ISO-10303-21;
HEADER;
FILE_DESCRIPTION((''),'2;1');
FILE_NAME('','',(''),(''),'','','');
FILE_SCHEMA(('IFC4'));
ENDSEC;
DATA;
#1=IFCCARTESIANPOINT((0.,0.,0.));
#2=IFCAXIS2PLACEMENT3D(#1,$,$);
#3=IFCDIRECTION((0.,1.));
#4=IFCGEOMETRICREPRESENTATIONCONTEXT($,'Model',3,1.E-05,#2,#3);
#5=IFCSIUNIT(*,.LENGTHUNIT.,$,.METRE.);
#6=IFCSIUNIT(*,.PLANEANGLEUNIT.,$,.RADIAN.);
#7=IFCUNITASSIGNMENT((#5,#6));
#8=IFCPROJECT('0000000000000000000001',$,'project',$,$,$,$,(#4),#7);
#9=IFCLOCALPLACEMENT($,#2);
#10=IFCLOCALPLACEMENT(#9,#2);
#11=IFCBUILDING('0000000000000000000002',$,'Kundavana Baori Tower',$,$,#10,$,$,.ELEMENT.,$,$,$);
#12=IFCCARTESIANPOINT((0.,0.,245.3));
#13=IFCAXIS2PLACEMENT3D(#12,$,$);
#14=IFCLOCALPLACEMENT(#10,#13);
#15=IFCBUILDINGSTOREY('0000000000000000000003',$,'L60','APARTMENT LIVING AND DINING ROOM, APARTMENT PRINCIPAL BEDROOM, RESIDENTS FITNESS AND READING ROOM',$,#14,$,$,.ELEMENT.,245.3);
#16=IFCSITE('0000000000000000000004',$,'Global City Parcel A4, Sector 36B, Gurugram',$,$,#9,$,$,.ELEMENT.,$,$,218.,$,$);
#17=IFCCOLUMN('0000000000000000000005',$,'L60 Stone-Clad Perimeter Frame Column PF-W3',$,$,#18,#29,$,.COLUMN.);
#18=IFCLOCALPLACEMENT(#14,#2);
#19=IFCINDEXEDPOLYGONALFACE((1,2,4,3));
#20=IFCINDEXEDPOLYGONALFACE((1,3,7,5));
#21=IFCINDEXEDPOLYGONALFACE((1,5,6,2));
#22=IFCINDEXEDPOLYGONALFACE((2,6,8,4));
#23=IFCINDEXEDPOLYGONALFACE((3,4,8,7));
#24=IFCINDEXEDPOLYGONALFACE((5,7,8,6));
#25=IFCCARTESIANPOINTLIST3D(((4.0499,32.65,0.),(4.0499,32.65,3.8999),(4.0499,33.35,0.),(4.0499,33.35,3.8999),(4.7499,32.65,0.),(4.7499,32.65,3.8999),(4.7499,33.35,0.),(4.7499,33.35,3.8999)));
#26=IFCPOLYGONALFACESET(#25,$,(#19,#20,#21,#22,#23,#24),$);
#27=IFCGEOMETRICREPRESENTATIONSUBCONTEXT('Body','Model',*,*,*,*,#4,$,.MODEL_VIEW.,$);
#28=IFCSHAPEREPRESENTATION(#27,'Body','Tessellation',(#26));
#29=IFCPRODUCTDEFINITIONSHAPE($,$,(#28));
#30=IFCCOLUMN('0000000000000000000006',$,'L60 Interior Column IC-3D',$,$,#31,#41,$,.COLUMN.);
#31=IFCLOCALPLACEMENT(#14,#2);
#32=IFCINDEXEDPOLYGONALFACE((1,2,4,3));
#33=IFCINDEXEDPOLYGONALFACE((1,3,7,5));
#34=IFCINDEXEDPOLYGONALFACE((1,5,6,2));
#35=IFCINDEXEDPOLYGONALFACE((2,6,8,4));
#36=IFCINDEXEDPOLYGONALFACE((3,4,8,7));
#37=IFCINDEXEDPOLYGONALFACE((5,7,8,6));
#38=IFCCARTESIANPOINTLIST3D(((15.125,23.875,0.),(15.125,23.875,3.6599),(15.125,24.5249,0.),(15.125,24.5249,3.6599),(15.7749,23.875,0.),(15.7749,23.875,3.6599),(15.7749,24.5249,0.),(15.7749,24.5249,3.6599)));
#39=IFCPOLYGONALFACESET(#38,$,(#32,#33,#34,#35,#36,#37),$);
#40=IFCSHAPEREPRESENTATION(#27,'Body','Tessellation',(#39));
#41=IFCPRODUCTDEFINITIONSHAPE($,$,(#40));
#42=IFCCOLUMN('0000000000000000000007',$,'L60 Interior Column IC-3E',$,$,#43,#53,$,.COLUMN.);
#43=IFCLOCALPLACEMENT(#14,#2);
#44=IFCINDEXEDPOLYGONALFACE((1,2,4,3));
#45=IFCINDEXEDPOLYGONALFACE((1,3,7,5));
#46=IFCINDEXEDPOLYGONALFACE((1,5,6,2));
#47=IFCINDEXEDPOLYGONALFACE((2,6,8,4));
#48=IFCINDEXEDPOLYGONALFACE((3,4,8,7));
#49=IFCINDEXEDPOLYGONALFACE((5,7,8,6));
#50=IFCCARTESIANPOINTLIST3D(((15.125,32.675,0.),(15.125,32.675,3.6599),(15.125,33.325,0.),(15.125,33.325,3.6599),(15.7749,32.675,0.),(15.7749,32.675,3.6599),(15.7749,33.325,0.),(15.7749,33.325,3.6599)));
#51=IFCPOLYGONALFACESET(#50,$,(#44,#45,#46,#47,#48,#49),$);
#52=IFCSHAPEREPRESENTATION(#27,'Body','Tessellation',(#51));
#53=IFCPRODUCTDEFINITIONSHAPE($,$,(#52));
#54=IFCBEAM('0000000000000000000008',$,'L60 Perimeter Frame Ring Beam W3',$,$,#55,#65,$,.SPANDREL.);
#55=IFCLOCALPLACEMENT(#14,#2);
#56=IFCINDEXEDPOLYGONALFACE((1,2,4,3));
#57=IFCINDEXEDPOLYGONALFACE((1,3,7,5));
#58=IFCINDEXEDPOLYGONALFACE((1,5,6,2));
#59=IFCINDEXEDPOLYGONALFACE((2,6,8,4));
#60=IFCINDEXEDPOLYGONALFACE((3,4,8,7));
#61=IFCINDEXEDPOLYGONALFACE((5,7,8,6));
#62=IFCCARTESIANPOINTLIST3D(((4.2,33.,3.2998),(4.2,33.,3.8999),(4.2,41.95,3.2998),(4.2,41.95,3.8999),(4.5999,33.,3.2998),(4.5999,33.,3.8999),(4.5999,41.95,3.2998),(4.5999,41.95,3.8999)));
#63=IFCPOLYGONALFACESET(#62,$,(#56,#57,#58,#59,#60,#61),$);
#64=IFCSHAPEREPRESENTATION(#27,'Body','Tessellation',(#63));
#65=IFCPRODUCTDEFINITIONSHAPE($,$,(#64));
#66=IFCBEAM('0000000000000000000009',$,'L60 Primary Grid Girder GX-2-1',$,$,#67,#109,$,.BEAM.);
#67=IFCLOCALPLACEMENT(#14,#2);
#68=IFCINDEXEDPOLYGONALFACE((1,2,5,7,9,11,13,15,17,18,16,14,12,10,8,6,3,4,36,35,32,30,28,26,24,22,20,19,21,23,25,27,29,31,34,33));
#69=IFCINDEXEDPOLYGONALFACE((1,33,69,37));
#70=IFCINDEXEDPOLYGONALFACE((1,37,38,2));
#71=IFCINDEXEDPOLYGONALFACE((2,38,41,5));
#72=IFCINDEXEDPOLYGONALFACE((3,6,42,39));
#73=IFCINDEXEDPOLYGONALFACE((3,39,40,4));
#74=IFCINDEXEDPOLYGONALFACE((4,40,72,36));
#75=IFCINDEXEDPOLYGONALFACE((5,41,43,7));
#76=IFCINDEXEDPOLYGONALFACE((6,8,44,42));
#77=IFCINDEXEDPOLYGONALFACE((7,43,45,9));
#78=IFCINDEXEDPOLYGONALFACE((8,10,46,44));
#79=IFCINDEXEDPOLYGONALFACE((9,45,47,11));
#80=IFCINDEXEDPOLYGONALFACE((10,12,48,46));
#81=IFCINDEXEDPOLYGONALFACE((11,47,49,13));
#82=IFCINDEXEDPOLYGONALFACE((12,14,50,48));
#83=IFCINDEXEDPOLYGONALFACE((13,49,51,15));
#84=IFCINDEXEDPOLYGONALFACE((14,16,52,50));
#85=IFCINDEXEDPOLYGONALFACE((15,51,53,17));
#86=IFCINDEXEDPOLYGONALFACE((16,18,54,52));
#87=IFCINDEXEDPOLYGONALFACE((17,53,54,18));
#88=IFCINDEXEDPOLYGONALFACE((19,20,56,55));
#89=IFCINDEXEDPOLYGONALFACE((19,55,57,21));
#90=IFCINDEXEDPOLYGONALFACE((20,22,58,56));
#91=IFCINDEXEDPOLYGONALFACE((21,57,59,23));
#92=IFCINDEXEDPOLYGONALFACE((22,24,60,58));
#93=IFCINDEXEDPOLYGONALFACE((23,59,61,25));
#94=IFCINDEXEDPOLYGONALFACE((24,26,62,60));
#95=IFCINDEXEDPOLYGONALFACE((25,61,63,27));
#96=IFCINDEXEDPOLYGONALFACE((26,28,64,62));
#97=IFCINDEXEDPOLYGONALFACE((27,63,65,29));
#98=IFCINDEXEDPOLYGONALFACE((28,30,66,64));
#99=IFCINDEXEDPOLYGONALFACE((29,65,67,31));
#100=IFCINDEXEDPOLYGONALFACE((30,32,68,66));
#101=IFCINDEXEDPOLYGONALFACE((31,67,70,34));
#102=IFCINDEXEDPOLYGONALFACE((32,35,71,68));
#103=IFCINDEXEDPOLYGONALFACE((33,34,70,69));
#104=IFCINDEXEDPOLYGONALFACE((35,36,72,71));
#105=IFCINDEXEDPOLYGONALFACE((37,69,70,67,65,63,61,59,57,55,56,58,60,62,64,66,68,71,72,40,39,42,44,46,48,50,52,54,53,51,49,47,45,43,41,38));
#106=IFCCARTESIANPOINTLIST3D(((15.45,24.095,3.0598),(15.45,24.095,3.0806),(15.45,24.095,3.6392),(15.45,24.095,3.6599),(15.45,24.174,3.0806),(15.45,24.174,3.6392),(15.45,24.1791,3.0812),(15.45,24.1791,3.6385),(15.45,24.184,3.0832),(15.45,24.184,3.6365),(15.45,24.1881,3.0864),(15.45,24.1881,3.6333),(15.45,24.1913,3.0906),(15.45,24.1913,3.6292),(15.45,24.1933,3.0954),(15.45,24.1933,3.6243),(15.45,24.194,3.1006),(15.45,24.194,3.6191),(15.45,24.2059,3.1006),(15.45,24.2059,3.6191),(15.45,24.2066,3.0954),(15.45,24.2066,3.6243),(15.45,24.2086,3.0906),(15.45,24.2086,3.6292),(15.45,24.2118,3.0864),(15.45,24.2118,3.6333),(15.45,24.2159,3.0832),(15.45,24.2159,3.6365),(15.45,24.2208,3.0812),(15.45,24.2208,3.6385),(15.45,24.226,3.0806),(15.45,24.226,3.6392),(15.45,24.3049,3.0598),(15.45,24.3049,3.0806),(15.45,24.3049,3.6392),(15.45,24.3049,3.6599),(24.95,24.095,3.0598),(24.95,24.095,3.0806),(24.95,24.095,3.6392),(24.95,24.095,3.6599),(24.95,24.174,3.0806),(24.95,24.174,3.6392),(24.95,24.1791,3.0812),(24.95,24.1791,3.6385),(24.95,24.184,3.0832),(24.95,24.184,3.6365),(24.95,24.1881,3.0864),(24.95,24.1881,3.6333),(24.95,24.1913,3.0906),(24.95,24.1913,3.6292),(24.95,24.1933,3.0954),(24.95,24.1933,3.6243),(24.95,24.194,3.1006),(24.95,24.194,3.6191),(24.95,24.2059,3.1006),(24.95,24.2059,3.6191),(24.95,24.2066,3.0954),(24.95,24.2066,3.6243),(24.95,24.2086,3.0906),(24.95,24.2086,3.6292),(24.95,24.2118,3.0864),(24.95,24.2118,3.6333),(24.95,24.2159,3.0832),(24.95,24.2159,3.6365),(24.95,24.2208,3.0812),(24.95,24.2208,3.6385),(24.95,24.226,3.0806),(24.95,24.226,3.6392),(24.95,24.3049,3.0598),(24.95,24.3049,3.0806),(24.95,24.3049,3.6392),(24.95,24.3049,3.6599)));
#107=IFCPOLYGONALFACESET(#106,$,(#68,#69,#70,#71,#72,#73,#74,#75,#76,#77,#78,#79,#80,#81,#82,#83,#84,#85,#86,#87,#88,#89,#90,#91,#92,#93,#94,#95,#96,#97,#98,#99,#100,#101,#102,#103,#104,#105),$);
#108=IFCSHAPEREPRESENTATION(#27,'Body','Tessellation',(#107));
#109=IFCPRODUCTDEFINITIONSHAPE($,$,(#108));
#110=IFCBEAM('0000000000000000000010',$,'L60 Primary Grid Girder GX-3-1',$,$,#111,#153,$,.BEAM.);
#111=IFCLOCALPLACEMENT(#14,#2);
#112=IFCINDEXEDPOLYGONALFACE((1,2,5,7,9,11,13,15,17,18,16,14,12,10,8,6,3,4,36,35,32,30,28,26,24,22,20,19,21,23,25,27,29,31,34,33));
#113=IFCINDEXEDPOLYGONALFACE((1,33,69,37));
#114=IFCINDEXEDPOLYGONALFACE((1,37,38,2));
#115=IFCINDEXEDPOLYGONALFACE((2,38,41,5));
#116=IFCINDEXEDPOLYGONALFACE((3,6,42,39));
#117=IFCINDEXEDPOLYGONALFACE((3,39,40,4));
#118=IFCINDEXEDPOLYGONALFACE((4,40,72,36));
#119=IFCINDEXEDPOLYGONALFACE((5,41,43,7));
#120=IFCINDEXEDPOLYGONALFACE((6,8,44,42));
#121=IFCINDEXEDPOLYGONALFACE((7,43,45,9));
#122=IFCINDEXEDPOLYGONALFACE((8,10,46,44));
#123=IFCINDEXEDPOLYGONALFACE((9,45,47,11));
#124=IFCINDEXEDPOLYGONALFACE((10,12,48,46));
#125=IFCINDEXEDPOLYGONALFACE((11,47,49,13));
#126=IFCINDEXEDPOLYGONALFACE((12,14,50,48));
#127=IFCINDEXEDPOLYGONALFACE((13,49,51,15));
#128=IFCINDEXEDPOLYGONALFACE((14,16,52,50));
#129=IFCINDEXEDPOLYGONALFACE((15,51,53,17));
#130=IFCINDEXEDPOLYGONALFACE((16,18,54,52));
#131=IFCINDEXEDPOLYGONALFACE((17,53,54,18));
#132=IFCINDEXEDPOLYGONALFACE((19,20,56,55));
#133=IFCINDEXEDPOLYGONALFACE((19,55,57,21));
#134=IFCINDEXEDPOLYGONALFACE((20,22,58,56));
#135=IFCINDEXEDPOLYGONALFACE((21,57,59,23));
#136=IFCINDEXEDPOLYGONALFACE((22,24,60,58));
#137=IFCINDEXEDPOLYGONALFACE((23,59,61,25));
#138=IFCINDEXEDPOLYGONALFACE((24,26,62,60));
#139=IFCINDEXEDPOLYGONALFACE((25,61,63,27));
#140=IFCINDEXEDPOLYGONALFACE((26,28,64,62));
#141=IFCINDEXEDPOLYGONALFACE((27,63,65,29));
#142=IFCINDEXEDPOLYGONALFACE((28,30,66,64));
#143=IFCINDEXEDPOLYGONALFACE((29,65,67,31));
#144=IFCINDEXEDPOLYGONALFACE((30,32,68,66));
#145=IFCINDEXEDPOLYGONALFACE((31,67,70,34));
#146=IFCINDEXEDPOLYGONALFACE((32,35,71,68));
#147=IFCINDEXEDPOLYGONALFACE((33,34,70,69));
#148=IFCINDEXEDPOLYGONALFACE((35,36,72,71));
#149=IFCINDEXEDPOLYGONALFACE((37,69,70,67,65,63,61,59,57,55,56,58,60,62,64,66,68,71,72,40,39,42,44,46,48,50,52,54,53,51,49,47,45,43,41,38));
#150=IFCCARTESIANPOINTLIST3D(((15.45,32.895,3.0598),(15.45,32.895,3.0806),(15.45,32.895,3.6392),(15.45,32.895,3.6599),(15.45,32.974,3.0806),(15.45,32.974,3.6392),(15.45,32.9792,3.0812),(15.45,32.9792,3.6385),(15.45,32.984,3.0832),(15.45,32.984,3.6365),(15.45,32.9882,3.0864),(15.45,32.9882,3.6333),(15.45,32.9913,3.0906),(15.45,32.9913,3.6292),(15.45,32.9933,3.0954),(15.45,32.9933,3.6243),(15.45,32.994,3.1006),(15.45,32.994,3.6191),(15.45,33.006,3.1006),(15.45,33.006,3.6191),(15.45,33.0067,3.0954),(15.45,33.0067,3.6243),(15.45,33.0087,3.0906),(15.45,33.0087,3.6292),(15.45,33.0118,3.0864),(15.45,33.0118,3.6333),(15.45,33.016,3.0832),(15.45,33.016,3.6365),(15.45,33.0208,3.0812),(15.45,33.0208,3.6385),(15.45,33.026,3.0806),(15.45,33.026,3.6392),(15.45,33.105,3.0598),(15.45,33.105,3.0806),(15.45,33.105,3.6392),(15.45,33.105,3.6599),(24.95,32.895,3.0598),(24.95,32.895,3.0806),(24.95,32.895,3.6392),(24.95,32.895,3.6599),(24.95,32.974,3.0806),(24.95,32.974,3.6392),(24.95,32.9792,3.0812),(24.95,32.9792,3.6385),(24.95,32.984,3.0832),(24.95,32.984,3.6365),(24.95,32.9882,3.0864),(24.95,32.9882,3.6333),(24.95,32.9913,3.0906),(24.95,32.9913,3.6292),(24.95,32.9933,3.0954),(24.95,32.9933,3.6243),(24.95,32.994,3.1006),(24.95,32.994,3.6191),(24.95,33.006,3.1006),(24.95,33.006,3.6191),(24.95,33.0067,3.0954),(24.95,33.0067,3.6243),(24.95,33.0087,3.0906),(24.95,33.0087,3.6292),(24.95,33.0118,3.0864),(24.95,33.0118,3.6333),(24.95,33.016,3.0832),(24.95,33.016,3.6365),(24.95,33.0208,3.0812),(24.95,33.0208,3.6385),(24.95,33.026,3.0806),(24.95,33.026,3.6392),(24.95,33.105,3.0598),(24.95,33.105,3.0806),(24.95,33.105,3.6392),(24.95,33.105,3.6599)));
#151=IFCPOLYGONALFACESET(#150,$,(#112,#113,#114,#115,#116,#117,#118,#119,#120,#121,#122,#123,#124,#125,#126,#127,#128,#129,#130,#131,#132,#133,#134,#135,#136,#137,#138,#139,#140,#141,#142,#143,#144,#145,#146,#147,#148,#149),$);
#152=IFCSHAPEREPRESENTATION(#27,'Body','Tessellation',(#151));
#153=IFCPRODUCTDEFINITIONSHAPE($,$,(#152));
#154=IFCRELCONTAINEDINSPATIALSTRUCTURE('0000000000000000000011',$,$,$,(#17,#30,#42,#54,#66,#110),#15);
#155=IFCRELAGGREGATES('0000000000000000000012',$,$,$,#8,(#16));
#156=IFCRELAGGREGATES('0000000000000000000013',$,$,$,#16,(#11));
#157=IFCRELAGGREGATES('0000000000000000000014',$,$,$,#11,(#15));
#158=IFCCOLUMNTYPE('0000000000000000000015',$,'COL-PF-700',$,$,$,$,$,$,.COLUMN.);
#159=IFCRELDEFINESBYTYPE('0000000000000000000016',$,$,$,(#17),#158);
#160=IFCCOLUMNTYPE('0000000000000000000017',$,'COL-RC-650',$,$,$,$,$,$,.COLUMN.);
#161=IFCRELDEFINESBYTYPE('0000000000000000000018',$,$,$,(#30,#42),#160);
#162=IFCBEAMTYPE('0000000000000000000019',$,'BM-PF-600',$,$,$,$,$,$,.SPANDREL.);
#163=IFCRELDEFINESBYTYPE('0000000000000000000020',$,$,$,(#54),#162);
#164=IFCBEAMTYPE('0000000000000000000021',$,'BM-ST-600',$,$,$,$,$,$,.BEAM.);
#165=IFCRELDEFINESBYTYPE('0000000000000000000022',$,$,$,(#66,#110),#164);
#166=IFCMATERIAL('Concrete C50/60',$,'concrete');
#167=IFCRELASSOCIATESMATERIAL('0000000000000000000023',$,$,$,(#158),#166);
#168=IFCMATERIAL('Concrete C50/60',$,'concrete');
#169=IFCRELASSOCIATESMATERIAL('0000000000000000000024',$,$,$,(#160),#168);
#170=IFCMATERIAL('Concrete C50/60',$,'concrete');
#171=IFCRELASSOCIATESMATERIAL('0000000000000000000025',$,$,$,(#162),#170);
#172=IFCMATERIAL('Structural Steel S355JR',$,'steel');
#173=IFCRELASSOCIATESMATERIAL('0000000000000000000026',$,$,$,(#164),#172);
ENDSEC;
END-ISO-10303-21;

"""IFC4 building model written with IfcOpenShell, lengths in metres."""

from ifc_helpers import new_model, si_unit, direction, frame, origin, origin_2d, place, context, subcontext, project, spatial, rectangle, i_section, extrude, material, material_profile, profile_set, type_object, element, save


model = new_model("IFC4")

# Units and contexts
model_context = context("Model", 3, precision=1e-05, world=origin(), true_north=direction((0.0, 1.0)))
body_context = subcontext(model_context, "Body", "Model", "MODEL_VIEW")
ifc_project = project(units=[si_unit("LENGTHUNIT", "METRE"), si_unit("PLANEANGLEUNIT", "RADIAN")], contexts=[model_context])

# Site, building, storey
site_placement = place(None, origin())
site = spatial("IfcSite", under=ifc_project, at=site_placement, Name="Global City Parcel A4, Sector 36B, Gurugram", CompositionType="ELEMENT", RefElevation=218.0)
building_placement = place(site_placement, origin())
building = spatial("IfcBuilding", under=site, at=building_placement, Name="Kundavana Baori Tower", CompositionType="ELEMENT")
storey_placement = place(building_placement, frame((0.0, 0.0, 245.3)))
storey = spatial("IfcBuildingStorey", under=building, at=storey_placement, Name="L60", Description="APARTMENT LIVING AND DINING ROOM, APARTMENT PRINCIPAL BEDROOM, RESIDENTS FITNESS AND READING ROOM", CompositionType="ELEMENT", Elevation=245.3)

# Columns
ifc_material_1 = material(Name="Concrete C50/60", Category="concrete")
ifc_material_profile_1 = material_profile(ifc_material_1, rectangle(XDim=0.7, YDim=0.7, at=origin_2d()), Name="RC PF 700x700")
ifc_profile_set_1 = profile_set([ifc_material_profile_1], Name="Concrete C50/60")
column_type_1 = type_object("IfcColumnType", Name="COL-PF-700", PredefinedType="COLUMN", material=ifc_profile_set_1)
column_placement = place(storey_placement, frame((4.3999, 33.0, 0.0), z_axis=(0.0, 0.0, 1.0), x_axis=(1.0, 0.0, 0.0)))
element("IfcColumn", 1, at=column_placement, inside=storey, type_object=column_type_1, Name="L60 Stone-Clad Perimeter Frame Column PF-W3", PredefinedType="COLUMN", context=body_context, shape_type="SweptSolid", body=[
    extrude(rectangle(XDim=0.7, YDim=0.7, at=origin_2d()), origin(), (0.0, 0.0, 1.0), 3.8999),
])
ifc_material_2 = material(Name="Concrete C50/60", Category="concrete")
ifc_material_profile_2 = material_profile(ifc_material_2, rectangle(XDim=0.6499, YDim=0.6499, at=origin_2d()), Name="RC 650x650")
ifc_profile_set_2 = profile_set([ifc_material_profile_2], Name="Concrete C50/60")
column_type_2 = type_object("IfcColumnType", Name="COL-RC-650", PredefinedType="COLUMN", material=ifc_profile_set_2)
for number, where, z_axis, x_axis, name in (
    (2, (15.45, 24.2, 0.0), (0.0, 0.0, 1.0), (1.0, 0.0, 0.0), "L60 Interior Column IC-3D"),
    (3, (15.45, 33.0, 0.0), (0.0, 0.0, 1.0), (1.0, 0.0, 0.0), "L60 Interior Column IC-3E"),
):
    element("IfcColumn", number, at=place(storey_placement, frame(where, z_axis=z_axis, x_axis=x_axis)), inside=storey, type_object=column_type_2, Name=name, PredefinedType="COLUMN", context=body_context, shape_type="SweptSolid", body=[
        extrude(rectangle(XDim=0.6499, YDim=0.6499, at=origin_2d()), origin(), (0.0, 0.0, 1.0), 3.6599),
    ])

# Beams
ifc_material_3 = material(Name="Concrete C50/60", Category="concrete")
ifc_material_profile_3 = material_profile(ifc_material_3, rectangle(XDim=0.3999, YDim=0.6001, at=origin_2d()), Name="RC BM 400x600")
ifc_profile_set_3 = profile_set([ifc_material_profile_3], Name="Concrete C50/60")
beam_type_1 = type_object("IfcBeamType", Name="BM-PF-600", PredefinedType="SPANDREL", material=ifc_profile_set_3)
beam_placement = place(storey_placement, frame((4.3999, 33.0, 3.5999), z_axis=(0.0, 1.0, 0.0), x_axis=(-1.0, 0.0, 0.0)))
element("IfcBeam", 4, at=beam_placement, inside=storey, type_object=beam_type_1, Name="L60 Perimeter Frame Ring Beam W3", PredefinedType="SPANDREL", context=body_context, shape_type="SweptSolid", body=[
    extrude(rectangle(XDim=0.3999, YDim=0.6001, at=origin_2d()), origin(), (0.0, 0.0, 1.0), 8.95),
])
ifc_material_4 = material(Name="Structural Steel S355JR", Category="steel")
ifc_material_profile_4 = material_profile(ifc_material_4, i_section(OverallWidth=0.21, OverallDepth=0.6001, WebThickness=0.012, FlangeThickness=0.0208, FilletRadius=0.02, at=origin_2d()), Name="ISMB 600")
ifc_profile_set_4 = profile_set([ifc_material_profile_4], Name="Structural Steel S355JR")
beam_type_2 = type_object("IfcBeamType", Name="BM-ST-600", PredefinedType="BEAM", material=ifc_profile_set_4)
for number, where, z_axis, x_axis, name in (
    (5, (15.45, 24.2, 3.3599), (1.0, 0.0, 0.0), (0.0, 1.0, 0.0), "L60 Primary Grid Girder GX-2-1"),
    (6, (15.45, 33.0, 3.3599), (1.0, 0.0, 0.0), (0.0, 1.0, 0.0), "L60 Primary Grid Girder GX-3-1"),
):
    element("IfcBeam", number, at=place(storey_placement, frame(where, z_axis=z_axis, x_axis=x_axis)), inside=storey, type_object=beam_type_2, Name=name, PredefinedType="BEAM", context=body_context, shape_type="SweptSolid", body=[
        extrude(i_section(OverallWidth=0.21, OverallDepth=0.6001, WebThickness=0.012, FlangeThickness=0.0208, FilletRadius=0.02, at=origin_2d()), origin(), (0.0, 0.0, 1.0), 9.5),
    ])

save(model, "model.ifc")
